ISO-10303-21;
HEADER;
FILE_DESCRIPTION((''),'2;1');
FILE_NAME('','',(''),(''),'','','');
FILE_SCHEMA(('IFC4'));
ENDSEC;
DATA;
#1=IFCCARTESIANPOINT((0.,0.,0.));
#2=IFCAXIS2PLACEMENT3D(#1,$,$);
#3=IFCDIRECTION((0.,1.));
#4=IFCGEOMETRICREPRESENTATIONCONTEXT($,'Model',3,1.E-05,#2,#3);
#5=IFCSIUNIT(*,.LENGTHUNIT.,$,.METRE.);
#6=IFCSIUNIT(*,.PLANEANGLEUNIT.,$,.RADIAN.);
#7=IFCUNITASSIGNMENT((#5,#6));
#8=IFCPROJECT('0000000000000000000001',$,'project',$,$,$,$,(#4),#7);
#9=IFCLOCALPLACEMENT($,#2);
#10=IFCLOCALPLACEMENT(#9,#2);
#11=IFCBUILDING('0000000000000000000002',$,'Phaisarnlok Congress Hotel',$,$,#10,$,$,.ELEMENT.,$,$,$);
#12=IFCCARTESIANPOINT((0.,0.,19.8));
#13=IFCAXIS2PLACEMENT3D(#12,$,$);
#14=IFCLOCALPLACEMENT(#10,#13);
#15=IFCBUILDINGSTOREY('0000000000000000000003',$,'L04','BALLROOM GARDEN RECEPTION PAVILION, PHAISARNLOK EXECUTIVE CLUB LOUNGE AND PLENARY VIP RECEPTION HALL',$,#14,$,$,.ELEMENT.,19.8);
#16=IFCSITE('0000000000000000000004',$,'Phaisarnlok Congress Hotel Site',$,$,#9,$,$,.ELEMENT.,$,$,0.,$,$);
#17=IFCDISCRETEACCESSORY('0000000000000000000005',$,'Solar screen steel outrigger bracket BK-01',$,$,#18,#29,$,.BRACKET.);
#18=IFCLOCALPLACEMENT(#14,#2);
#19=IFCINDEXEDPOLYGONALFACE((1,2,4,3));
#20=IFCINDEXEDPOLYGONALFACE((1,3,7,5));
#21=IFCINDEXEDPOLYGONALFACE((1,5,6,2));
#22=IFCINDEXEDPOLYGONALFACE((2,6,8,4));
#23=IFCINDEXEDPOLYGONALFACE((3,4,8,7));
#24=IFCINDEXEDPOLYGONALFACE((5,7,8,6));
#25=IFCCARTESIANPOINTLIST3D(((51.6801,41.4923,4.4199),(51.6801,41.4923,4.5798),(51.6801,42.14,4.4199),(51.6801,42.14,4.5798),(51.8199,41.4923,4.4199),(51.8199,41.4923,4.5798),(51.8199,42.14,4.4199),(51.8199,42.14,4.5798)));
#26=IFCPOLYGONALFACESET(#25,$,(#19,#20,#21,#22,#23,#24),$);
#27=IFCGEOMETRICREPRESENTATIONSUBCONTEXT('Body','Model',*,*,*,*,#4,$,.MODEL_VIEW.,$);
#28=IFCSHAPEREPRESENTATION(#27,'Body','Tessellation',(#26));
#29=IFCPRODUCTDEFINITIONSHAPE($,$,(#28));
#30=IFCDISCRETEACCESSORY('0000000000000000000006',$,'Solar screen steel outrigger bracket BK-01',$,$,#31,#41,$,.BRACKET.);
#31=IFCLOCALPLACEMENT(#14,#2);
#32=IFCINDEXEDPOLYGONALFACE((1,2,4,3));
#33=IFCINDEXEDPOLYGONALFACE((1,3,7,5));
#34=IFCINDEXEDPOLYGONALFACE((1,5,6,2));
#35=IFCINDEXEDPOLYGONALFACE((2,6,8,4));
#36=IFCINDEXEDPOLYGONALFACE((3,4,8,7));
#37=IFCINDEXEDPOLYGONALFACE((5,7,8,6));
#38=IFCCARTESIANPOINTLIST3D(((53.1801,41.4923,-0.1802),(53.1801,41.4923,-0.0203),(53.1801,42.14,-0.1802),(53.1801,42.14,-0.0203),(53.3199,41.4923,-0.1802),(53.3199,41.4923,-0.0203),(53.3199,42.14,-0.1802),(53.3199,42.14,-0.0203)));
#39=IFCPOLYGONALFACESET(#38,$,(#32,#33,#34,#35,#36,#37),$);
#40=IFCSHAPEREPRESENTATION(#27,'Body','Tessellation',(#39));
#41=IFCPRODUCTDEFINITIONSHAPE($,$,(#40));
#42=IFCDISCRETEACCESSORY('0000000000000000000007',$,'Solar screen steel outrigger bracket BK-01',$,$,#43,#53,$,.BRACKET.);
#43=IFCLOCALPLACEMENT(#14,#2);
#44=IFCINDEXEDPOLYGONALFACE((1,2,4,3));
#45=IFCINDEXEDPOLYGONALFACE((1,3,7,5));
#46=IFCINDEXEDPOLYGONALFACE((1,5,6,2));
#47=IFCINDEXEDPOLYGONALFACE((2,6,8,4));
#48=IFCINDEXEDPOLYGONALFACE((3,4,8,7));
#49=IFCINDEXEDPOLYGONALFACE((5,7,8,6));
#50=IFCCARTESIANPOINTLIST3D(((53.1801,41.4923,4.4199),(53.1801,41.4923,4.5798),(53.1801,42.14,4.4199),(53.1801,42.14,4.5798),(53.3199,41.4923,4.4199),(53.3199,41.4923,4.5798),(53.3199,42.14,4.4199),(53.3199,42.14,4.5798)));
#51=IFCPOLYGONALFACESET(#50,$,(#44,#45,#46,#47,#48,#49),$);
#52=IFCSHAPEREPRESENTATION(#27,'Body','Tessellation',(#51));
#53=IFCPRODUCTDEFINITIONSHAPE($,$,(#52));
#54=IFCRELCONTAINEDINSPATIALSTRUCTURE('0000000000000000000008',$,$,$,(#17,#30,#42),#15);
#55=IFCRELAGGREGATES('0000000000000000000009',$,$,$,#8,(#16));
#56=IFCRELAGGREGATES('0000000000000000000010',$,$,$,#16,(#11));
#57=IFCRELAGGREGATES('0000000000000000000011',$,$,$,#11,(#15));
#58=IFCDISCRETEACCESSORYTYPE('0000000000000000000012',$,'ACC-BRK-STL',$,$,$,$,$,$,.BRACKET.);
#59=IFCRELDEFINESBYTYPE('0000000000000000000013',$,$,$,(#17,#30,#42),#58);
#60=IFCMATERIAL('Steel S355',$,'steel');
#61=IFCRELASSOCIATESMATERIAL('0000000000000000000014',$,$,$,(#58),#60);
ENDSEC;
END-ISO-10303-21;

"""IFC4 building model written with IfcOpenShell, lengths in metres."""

from ifc_helpers import new_model, si_unit, direction, frame, origin, origin_2d, place, context, subcontext, project, spatial, rectangle, extrude, material, type_object, element, save


model = new_model("IFC4")

# Units and contexts
model_context = context("Model", 3, precision=1e-05, world=origin(), true_north=direction((0.0, 1.0)))
body_context = subcontext(model_context, "Body", "Model", "MODEL_VIEW")
ifc_project = project(units=[si_unit("LENGTHUNIT", "METRE"), si_unit("PLANEANGLEUNIT", "RADIAN")], contexts=[model_context])

# Site, building, storey
site_placement = place(None, origin())
site = spatial("IfcSite", under=ifc_project, at=site_placement, Name="Phaisarnlok Congress Hotel Site", CompositionType="ELEMENT", RefElevation=0.0)
building_placement = place(site_placement, origin())
building = spatial("IfcBuilding", under=site, at=building_placement, Name="Phaisarnlok Congress Hotel", CompositionType="ELEMENT")
storey_placement = place(building_placement, frame((0.0, 0.0, 19.8)))
storey = spatial("IfcBuildingStorey", under=building, at=storey_placement, Name="L04", Description="BALLROOM GARDEN RECEPTION PAVILION, PHAISARNLOK EXECUTIVE CLUB LOUNGE AND PLENARY VIP RECEPTION HALL", CompositionType="ELEMENT", Elevation=19.8)

# Shared definitions
ifc_material_1 = material(Name="Steel S355", Category="steel")

# Discrete accessories
discrete_accessory_type = type_object("IfcDiscreteAccessoryType", Name="ACC-BRK-STL", PredefinedType="BRACKET", material=ifc_material_1)
for number, where, z_axis, x_axis, name in (
    (1, (51.75, 41.8162, 4.4199), (0.0, 0.0, 1.0), (1.0, 0.0, 0.0), "Solar screen steel outrigger bracket BK-01"),
    (2, (53.25, 41.8162, -0.1802), (0.0, 0.0, 1.0), (1.0, 0.0, 0.0), "Solar screen steel outrigger bracket BK-01"),
    (3, (53.25, 41.8162, 4.4199), (0.0, 0.0, 1.0), (1.0, 0.0, 0.0), "Solar screen steel outrigger bracket BK-01"),
):
    element("IfcDiscreteAccessory", number, at=place(storey_placement, frame(where, z_axis=z_axis, x_axis=x_axis)), inside=storey, type_object=discrete_accessory_type, Name=name, PredefinedType="BRACKET", context=body_context, shape_type="SweptSolid", body=[
        extrude(rectangle(XDim=0.1399, YDim=0.6477, at=origin_2d()), origin(), (0.0, 0.0, 1.0), 0.1599),
    ])

save(model, "model.ifc")
